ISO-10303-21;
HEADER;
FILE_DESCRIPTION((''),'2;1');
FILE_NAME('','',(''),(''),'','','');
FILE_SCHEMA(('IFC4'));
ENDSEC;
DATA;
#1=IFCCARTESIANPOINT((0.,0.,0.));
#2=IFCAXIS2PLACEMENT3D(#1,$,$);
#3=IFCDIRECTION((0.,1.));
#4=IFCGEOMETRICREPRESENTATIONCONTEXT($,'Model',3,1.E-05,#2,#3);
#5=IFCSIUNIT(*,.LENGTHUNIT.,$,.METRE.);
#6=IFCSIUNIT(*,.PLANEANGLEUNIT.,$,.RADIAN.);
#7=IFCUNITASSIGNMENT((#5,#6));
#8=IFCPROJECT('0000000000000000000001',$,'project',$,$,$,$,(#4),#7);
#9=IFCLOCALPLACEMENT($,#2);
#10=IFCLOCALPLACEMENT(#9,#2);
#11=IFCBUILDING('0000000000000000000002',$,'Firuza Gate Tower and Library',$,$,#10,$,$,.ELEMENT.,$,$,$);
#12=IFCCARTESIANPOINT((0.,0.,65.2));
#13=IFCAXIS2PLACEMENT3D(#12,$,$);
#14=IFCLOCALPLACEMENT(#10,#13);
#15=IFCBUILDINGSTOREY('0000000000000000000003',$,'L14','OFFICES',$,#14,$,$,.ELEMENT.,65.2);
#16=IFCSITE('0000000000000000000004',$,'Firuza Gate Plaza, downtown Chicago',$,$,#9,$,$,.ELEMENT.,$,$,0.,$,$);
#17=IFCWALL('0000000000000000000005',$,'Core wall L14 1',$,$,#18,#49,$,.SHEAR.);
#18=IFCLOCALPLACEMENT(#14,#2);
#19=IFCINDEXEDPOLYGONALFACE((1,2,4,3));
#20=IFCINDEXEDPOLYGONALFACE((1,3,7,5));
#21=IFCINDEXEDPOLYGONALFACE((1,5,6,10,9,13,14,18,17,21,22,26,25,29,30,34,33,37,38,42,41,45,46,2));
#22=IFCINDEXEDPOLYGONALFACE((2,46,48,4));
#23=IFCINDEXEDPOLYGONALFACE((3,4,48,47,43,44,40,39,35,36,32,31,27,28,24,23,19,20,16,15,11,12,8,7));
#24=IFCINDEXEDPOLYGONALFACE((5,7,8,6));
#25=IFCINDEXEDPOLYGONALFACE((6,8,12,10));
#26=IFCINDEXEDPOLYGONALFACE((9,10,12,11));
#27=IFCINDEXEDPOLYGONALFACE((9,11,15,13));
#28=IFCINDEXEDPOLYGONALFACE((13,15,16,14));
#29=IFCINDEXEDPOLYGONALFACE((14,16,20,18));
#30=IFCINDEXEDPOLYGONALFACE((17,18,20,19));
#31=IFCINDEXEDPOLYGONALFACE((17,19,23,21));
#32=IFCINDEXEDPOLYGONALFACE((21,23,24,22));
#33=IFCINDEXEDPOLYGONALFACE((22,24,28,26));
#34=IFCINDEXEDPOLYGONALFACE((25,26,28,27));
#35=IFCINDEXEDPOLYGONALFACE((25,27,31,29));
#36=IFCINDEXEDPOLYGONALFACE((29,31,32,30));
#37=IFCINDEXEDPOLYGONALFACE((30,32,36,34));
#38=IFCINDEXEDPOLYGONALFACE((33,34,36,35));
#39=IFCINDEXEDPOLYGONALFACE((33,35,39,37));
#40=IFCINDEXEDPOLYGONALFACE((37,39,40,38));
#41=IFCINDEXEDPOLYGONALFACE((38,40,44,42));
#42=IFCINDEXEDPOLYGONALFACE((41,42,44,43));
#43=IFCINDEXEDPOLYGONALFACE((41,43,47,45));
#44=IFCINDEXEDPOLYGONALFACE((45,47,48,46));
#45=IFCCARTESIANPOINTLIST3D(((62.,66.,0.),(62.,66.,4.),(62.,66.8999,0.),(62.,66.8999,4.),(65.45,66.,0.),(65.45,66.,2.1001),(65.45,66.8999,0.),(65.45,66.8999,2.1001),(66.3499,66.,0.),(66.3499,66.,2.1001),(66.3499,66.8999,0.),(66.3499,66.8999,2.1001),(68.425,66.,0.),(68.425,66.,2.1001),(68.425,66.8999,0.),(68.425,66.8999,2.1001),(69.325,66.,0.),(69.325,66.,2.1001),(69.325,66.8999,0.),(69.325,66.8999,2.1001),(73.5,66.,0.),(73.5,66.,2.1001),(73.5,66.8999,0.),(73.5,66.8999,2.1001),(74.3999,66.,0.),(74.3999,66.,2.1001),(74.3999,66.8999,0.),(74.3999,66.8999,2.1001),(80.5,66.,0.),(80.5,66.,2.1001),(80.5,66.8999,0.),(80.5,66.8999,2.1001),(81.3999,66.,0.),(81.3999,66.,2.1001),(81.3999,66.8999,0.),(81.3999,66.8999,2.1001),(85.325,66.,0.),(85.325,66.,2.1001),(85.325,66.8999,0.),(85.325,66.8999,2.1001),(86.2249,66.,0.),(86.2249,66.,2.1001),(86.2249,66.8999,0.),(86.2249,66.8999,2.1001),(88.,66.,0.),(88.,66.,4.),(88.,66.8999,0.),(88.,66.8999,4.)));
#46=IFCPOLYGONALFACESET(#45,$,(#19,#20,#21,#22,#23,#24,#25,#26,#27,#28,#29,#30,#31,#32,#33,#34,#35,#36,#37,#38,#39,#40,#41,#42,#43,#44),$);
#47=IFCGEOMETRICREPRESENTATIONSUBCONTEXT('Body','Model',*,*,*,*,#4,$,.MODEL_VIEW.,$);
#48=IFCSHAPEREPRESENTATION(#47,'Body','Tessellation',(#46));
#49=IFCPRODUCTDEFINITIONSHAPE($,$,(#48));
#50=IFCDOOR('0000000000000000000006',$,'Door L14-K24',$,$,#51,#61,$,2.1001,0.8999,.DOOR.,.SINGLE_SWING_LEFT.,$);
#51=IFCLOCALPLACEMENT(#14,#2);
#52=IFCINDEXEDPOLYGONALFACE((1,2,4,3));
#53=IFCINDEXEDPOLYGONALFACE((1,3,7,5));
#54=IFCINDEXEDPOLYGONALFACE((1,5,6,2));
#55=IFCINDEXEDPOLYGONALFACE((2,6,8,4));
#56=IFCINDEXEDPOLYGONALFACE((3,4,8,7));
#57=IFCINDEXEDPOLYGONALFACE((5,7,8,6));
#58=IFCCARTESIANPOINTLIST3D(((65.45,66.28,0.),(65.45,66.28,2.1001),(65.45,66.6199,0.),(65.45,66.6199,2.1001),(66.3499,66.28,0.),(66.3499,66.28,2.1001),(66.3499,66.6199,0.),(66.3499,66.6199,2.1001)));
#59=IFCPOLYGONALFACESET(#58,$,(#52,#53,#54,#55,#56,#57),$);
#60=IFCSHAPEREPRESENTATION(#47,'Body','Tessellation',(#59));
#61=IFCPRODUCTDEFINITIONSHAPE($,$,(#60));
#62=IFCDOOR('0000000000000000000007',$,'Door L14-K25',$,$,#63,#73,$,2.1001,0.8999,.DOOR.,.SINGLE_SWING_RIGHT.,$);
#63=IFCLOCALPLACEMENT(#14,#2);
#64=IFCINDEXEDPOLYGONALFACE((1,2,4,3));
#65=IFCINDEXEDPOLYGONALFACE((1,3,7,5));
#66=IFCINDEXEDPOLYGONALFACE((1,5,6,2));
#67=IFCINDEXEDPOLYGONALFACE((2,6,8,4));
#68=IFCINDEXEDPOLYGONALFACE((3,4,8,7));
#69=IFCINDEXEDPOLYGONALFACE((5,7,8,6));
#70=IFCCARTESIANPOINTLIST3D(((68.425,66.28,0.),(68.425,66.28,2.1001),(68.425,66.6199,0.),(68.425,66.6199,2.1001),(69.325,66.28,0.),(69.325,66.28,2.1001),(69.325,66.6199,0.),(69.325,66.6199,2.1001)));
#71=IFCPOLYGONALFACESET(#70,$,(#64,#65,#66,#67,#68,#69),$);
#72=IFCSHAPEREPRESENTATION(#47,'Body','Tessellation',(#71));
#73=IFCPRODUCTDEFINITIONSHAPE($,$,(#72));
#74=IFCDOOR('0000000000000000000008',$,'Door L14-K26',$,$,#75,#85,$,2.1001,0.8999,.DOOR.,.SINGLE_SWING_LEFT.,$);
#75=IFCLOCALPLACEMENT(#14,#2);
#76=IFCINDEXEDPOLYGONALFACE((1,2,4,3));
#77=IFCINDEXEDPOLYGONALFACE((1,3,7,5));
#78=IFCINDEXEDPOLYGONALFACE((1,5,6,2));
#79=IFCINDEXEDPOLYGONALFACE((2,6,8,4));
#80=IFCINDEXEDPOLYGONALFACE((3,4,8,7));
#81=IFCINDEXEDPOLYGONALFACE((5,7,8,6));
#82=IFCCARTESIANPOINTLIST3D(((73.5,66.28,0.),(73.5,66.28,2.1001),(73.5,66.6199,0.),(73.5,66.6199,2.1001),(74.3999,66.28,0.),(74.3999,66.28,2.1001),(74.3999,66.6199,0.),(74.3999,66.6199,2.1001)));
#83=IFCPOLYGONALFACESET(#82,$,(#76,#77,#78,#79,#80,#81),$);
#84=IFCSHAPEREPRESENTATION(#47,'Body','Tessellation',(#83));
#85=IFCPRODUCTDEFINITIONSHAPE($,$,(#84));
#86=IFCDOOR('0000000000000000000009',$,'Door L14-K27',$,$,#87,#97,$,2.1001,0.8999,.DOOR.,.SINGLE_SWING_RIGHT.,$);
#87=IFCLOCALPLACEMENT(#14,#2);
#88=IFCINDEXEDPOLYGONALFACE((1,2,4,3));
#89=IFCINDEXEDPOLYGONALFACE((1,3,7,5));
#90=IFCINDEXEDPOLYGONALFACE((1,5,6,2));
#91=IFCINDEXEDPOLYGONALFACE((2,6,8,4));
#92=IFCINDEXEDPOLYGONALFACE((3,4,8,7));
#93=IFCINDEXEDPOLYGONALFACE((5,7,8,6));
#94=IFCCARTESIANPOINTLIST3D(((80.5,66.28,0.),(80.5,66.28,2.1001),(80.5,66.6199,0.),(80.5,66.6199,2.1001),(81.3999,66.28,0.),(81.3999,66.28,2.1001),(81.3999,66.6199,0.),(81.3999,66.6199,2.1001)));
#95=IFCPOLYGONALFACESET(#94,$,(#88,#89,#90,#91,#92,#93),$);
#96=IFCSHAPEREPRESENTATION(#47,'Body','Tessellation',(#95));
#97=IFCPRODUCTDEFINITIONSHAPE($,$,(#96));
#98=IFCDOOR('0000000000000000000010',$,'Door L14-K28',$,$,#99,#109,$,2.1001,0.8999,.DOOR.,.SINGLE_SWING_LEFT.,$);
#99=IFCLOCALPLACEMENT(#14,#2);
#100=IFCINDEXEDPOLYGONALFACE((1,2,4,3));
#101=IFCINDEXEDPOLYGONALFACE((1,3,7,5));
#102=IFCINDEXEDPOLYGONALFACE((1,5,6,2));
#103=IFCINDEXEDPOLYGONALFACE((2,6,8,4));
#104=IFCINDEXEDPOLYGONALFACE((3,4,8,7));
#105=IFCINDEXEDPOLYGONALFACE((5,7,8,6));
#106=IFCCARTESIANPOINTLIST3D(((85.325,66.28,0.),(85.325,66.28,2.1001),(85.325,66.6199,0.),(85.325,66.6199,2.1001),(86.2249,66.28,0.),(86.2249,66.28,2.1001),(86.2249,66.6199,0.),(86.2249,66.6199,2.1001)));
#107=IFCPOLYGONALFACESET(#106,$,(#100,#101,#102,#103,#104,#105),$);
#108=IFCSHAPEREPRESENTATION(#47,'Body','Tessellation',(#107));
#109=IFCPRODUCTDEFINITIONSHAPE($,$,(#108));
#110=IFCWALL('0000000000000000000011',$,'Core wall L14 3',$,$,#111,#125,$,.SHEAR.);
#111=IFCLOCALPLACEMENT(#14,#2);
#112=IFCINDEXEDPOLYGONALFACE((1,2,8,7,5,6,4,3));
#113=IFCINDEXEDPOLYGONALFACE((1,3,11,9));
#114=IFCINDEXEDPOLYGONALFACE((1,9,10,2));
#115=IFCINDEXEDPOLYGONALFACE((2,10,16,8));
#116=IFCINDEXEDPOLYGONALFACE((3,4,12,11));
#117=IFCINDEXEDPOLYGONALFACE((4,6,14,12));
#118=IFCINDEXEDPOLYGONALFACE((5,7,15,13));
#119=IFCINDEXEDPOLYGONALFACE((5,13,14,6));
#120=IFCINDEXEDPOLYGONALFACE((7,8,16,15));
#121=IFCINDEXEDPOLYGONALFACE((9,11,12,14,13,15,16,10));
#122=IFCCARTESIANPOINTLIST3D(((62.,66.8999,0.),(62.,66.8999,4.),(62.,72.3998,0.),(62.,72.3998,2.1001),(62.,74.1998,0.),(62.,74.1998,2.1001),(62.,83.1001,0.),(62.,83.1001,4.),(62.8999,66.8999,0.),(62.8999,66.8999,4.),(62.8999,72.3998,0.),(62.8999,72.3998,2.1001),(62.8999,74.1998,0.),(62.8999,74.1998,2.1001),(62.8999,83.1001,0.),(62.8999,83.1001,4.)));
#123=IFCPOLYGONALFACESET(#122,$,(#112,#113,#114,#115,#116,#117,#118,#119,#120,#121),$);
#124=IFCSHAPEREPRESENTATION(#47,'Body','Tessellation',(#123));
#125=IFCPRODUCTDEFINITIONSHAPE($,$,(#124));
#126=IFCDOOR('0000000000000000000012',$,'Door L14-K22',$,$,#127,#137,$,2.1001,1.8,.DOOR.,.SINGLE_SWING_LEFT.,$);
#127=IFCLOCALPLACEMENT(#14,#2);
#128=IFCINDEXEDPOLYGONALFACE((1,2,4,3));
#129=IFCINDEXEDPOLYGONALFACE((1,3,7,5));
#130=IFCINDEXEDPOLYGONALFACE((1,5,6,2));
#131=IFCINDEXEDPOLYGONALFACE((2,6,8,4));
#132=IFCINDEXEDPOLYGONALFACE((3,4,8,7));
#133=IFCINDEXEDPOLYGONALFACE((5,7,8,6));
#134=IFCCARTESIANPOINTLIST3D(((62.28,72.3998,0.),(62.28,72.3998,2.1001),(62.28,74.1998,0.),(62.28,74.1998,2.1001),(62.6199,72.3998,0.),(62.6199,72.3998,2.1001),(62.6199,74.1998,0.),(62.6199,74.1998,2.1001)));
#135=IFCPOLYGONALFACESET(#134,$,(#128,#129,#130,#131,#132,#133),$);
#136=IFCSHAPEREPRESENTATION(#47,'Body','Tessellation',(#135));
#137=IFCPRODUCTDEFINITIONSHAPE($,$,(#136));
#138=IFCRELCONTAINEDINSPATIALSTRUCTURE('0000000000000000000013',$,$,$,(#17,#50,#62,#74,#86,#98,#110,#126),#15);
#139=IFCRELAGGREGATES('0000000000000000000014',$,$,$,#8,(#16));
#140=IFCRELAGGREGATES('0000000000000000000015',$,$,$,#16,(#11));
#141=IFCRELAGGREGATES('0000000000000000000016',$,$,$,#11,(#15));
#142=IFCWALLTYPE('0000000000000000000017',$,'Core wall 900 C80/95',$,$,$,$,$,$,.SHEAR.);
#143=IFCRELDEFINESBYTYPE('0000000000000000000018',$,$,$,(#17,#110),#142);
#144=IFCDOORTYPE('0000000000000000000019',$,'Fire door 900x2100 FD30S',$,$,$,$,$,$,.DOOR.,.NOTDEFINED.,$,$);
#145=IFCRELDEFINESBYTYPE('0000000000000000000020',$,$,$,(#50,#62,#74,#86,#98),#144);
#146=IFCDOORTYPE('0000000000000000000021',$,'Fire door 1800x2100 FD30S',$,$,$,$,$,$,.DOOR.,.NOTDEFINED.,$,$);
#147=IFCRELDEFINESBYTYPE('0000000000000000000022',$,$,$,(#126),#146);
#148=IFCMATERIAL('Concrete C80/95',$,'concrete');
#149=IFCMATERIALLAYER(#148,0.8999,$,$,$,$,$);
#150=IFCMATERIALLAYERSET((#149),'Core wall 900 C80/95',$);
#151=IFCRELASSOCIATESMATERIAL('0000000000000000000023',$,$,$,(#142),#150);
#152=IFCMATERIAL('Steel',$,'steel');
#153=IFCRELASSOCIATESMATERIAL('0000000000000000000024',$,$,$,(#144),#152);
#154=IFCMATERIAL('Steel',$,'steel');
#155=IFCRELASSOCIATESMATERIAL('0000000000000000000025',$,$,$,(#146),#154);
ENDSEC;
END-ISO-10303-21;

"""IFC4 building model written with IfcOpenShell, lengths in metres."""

from ifc_helpers import new_model, si_unit, direction, frame, frame_2d, origin, place, context, subcontext, project, spatial, rectangle, extrude, material, layer, layer_set, type_object, element, fill, save


model = new_model("IFC4")

# Units and contexts
model_context = context("Model", 3, precision=1e-05, world=origin(), true_north=direction((0.0, 1.0)))
body_context = subcontext(model_context, "Body", "Model", "MODEL_VIEW")
ifc_project = project(units=[si_unit("LENGTHUNIT", "METRE"), si_unit("PLANEANGLEUNIT", "RADIAN")], contexts=[model_context])

# Site, building, storey
site_placement = place(None, origin())
site = spatial("IfcSite", under=ifc_project, at=site_placement, Name="Firuza Gate Plaza, downtown Chicago", CompositionType="ELEMENT", RefElevation=0.0)
building_placement = place(site_placement, origin())
building = spatial("IfcBuilding", under=site, at=building_placement, Name="Firuza Gate Tower and Library", CompositionType="ELEMENT")
storey_placement = place(building_placement, frame((0.0, 0.0, 65.2)))
storey = spatial("IfcBuildingStorey", under=building, at=storey_placement, Name="L14", Description="OFFICES", CompositionType="ELEMENT", Elevation=65.2)

# Wall, openings, doors
ifc_material_1 = material(Name="Concrete C80/95", Category="concrete")
ifc_layer_1 = layer(ifc_material_1, 0.8999)
ifc_layer_set_1 = layer_set([ifc_layer_1], Name="Core wall 900 C80/95")
wall_type_1 = type_object("IfcWallType", Name="Core wall 900 C80/95", PredefinedType="SHEAR", material=ifc_layer_set_1)
wall_1_placement = place(storey_placement, frame((62.0, 66.45, 0.0), z_axis=(0.0, 0.0, 1.0), x_axis=(1.0, 0.0, 0.0)))
wall_1 = element("IfcWall", 1, at=wall_1_placement, inside=storey, type_object=wall_type_1, Name="Core wall L14 1", PredefinedType="SHEAR", context=body_context, shape_type="SweptSolid", body=[
    extrude(rectangle(XDim=26.0, YDim=0.8999, at=frame_2d((13.0, 0.0))), origin(), (0.0, 0.0, 1.0), 4.0),
])
opening_1_placement = place(wall_1_placement, frame((3.45, 0.0, 0.0)))
opening_1 = element("IfcOpeningElement", 2, at=opening_1_placement, cuts=wall_1, PredefinedType="OPENING", context=body_context, shape_type="SweptSolid", body=[
    extrude(rectangle(XDim=0.8999, YDim=2.1001, at=frame_2d((0.45, 1.05))), frame((0.0, 0.46, 0.0), z_axis=(0.0, -1.0, 0.0), x_axis=(1.0, 0.0, 0.0)), (0.0, 0.0, 1.0), 0.9199),
])
opening_2_placement = place(wall_1_placement, frame((6.425, 0.0, 0.0)))
opening_2 = element("IfcOpeningElement", 3, at=opening_2_placement, cuts=wall_1, PredefinedType="OPENING", context=body_context, shape_type="SweptSolid", body=[
    extrude(rectangle(XDim=0.8999, YDim=2.1001, at=frame_2d((0.45, 1.05))), frame((0.0, 0.46, 0.0), z_axis=(0.0, -1.0, 0.0), x_axis=(1.0, 0.0, 0.0)), (0.0, 0.0, 1.0), 0.9199),
])
opening_3_placement = place(wall_1_placement, frame((11.5, 0.0, 0.0)))
opening_3 = element("IfcOpeningElement", 4, at=opening_3_placement, cuts=wall_1, PredefinedType="OPENING", context=body_context, shape_type="SweptSolid", body=[
    extrude(rectangle(XDim=0.8999, YDim=2.1001, at=frame_2d((0.45, 1.05))), frame((0.0, 0.46, 0.0), z_axis=(0.0, -1.0, 0.0), x_axis=(1.0, 0.0, 0.0)), (0.0, 0.0, 1.0), 0.9199),
])
opening_4_placement = place(wall_1_placement, frame((18.5, 0.0, 0.0)))
opening_4 = element("IfcOpeningElement", 5, at=opening_4_placement, cuts=wall_1, PredefinedType="OPENING", context=body_context, shape_type="SweptSolid", body=[
    extrude(rectangle(XDim=0.8999, YDim=2.1001, at=frame_2d((0.45, 1.05))), frame((0.0, 0.46, 0.0), z_axis=(0.0, -1.0, 0.0), x_axis=(1.0, 0.0, 0.0)), (0.0, 0.0, 1.0), 0.9199),
])
opening_5_placement = place(wall_1_placement, frame((23.325, 0.0, 0.0)))
opening_5 = element("IfcOpeningElement", 6, at=opening_5_placement, cuts=wall_1, PredefinedType="OPENING", context=body_context, shape_type="SweptSolid", body=[
    extrude(rectangle(XDim=0.8999, YDim=2.1001, at=frame_2d((0.45, 1.05))), frame((0.0, 0.46, 0.0), z_axis=(0.0, -1.0, 0.0), x_axis=(1.0, 0.0, 0.0)), (0.0, 0.0, 1.0), 0.9199),
])
ifc_material_2 = material(Name="Steel", Category="steel")
door_type_1 = type_object("IfcDoorType", Name="Fire door 900x2100 FD30S", OperationType="NOTDEFINED", PredefinedType="DOOR", material=ifc_material_2)
door_1_placement = place(opening_1_placement, origin())
door_1 = element("IfcDoor", 7, at=door_1_placement, inside=storey, type_object=door_type_1, Name="Door L14-K24", OperationType="SINGLE_SWING_LEFT", OverallHeight=2.1001, OverallWidth=0.8999, PredefinedType="DOOR", context=body_context, shape_type="SweptSolid", body=[
    extrude(rectangle(XDim=0.8999, YDim=2.1001, at=frame_2d((0.45, 1.05))), frame((0.0, 0.1699, 0.0), z_axis=(0.0, -1.0, 0.0), x_axis=(1.0, 0.0, 0.0)), (0.0, 0.0, 1.0), 0.3398),
])
fill(opening_1, door_1)
door_2_placement = place(opening_2_placement, origin())
door_2 = element("IfcDoor", 8, at=door_2_placement, inside=storey, type_object=door_type_1, Name="Door L14-K25", OperationType="SINGLE_SWING_RIGHT", OverallHeight=2.1001, OverallWidth=0.8999, PredefinedType="DOOR", context=body_context, shape_type="SweptSolid", body=[
    extrude(rectangle(XDim=0.8999, YDim=2.1001, at=frame_2d((0.45, 1.05))), frame((0.0, 0.1699, 0.0), z_axis=(0.0, -1.0, 0.0), x_axis=(1.0, 0.0, 0.0)), (0.0, 0.0, 1.0), 0.3398),
])
fill(opening_2, door_2)
door_3_placement = place(opening_3_placement, origin())
door_3 = element("IfcDoor", 9, at=door_3_placement, inside=storey, type_object=door_type_1, Name="Door L14-K26", OperationType="SINGLE_SWING_LEFT", OverallHeight=2.1001, OverallWidth=0.8999, PredefinedType="DOOR", context=body_context, shape_type="SweptSolid", body=[
    extrude(rectangle(XDim=0.8999, YDim=2.1001, at=frame_2d((0.45, 1.05))), frame((0.0, 0.1699, 0.0), z_axis=(0.0, -1.0, 0.0), x_axis=(1.0, 0.0, 0.0)), (0.0, 0.0, 1.0), 0.3398),
])
fill(opening_3, door_3)
door_4_placement = place(opening_4_placement, origin())
door_4 = element("IfcDoor", 10, at=door_4_placement, inside=storey, type_object=door_type_1, Name="Door L14-K27", OperationType="SINGLE_SWING_RIGHT", OverallHeight=2.1001, OverallWidth=0.8999, PredefinedType="DOOR", context=body_context, shape_type="SweptSolid", body=[
    extrude(rectangle(XDim=0.8999, YDim=2.1001, at=frame_2d((0.45, 1.05))), frame((0.0, 0.1699, 0.0), z_axis=(0.0, -1.0, 0.0), x_axis=(1.0, 0.0, 0.0)), (0.0, 0.0, 1.0), 0.3398),
])
fill(opening_4, door_4)
door_5_placement = place(opening_5_placement, origin())
door_5 = element("IfcDoor", 11, at=door_5_placement, inside=storey, type_object=door_type_1, Name="Door L14-K28", OperationType="SINGLE_SWING_LEFT", OverallHeight=2.1001, OverallWidth=0.8999, PredefinedType="DOOR", context=body_context, shape_type="SweptSolid", body=[
    extrude(rectangle(XDim=0.8999, YDim=2.1001, at=frame_2d((0.45, 1.05))), frame((0.0, 0.1699, 0.0), z_axis=(0.0, -1.0, 0.0), x_axis=(1.0, 0.0, 0.0)), (0.0, 0.0, 1.0), 0.3398),
])
fill(opening_5, door_5)

# Wall, opening, door
wall_2_placement = place(storey_placement, frame((62.45, 66.8999, 0.0), z_axis=(0.0, 0.0, 1.0), x_axis=(0.0, 1.0, 0.0)))
wall_2 = element("IfcWall", 12, at=wall_2_placement, inside=storey, type_object=wall_type_1, Name="Core wall L14 3", PredefinedType="SHEAR", context=body_context, shape_type="SweptSolid", body=[
    extrude(rectangle(XDim=16.2002, YDim=0.8999, at=frame_2d((8.1001, 0.0))), origin(), (0.0, 0.0, 1.0), 4.0),
])
opening_6_placement = place(wall_2_placement, frame((5.5, 0.0, 0.0)))
opening_6 = element("IfcOpeningElement", 13, at=opening_6_placement, cuts=wall_2, PredefinedType="OPENING", context=body_context, shape_type="SweptSolid", body=[
    extrude(rectangle(XDim=1.8, YDim=2.1001, at=frame_2d((0.8999, 1.05))), frame((0.0, 0.46, 0.0), z_axis=(0.0, -1.0, 0.0), x_axis=(1.0, 0.0, 0.0)), (0.0, 0.0, 1.0), 0.9199),
])
ifc_material_3 = material(Name="Steel", Category="steel")
door_type_2 = type_object("IfcDoorType", Name="Fire door 1800x2100 FD30S", OperationType="NOTDEFINED", PredefinedType="DOOR", material=ifc_material_3)
door_6_placement = place(opening_6_placement, origin())
door_6 = element("IfcDoor", 14, at=door_6_placement, inside=storey, type_object=door_type_2, Name="Door L14-K22", OperationType="SINGLE_SWING_LEFT", OverallHeight=2.1001, OverallWidth=1.8, PredefinedType="DOOR", context=body_context, shape_type="SweptSolid", body=[
    extrude(rectangle(XDim=1.8, YDim=2.1001, at=frame_2d((0.8999, 1.05))), frame((0.0, 0.1699, 0.0), z_axis=(0.0, -1.0, 0.0), x_axis=(1.0, 0.0, 0.0)), (0.0, 0.0, 1.0), 0.3398),
])
fill(opening_6, door_6)

save(model, "model.ifc")
